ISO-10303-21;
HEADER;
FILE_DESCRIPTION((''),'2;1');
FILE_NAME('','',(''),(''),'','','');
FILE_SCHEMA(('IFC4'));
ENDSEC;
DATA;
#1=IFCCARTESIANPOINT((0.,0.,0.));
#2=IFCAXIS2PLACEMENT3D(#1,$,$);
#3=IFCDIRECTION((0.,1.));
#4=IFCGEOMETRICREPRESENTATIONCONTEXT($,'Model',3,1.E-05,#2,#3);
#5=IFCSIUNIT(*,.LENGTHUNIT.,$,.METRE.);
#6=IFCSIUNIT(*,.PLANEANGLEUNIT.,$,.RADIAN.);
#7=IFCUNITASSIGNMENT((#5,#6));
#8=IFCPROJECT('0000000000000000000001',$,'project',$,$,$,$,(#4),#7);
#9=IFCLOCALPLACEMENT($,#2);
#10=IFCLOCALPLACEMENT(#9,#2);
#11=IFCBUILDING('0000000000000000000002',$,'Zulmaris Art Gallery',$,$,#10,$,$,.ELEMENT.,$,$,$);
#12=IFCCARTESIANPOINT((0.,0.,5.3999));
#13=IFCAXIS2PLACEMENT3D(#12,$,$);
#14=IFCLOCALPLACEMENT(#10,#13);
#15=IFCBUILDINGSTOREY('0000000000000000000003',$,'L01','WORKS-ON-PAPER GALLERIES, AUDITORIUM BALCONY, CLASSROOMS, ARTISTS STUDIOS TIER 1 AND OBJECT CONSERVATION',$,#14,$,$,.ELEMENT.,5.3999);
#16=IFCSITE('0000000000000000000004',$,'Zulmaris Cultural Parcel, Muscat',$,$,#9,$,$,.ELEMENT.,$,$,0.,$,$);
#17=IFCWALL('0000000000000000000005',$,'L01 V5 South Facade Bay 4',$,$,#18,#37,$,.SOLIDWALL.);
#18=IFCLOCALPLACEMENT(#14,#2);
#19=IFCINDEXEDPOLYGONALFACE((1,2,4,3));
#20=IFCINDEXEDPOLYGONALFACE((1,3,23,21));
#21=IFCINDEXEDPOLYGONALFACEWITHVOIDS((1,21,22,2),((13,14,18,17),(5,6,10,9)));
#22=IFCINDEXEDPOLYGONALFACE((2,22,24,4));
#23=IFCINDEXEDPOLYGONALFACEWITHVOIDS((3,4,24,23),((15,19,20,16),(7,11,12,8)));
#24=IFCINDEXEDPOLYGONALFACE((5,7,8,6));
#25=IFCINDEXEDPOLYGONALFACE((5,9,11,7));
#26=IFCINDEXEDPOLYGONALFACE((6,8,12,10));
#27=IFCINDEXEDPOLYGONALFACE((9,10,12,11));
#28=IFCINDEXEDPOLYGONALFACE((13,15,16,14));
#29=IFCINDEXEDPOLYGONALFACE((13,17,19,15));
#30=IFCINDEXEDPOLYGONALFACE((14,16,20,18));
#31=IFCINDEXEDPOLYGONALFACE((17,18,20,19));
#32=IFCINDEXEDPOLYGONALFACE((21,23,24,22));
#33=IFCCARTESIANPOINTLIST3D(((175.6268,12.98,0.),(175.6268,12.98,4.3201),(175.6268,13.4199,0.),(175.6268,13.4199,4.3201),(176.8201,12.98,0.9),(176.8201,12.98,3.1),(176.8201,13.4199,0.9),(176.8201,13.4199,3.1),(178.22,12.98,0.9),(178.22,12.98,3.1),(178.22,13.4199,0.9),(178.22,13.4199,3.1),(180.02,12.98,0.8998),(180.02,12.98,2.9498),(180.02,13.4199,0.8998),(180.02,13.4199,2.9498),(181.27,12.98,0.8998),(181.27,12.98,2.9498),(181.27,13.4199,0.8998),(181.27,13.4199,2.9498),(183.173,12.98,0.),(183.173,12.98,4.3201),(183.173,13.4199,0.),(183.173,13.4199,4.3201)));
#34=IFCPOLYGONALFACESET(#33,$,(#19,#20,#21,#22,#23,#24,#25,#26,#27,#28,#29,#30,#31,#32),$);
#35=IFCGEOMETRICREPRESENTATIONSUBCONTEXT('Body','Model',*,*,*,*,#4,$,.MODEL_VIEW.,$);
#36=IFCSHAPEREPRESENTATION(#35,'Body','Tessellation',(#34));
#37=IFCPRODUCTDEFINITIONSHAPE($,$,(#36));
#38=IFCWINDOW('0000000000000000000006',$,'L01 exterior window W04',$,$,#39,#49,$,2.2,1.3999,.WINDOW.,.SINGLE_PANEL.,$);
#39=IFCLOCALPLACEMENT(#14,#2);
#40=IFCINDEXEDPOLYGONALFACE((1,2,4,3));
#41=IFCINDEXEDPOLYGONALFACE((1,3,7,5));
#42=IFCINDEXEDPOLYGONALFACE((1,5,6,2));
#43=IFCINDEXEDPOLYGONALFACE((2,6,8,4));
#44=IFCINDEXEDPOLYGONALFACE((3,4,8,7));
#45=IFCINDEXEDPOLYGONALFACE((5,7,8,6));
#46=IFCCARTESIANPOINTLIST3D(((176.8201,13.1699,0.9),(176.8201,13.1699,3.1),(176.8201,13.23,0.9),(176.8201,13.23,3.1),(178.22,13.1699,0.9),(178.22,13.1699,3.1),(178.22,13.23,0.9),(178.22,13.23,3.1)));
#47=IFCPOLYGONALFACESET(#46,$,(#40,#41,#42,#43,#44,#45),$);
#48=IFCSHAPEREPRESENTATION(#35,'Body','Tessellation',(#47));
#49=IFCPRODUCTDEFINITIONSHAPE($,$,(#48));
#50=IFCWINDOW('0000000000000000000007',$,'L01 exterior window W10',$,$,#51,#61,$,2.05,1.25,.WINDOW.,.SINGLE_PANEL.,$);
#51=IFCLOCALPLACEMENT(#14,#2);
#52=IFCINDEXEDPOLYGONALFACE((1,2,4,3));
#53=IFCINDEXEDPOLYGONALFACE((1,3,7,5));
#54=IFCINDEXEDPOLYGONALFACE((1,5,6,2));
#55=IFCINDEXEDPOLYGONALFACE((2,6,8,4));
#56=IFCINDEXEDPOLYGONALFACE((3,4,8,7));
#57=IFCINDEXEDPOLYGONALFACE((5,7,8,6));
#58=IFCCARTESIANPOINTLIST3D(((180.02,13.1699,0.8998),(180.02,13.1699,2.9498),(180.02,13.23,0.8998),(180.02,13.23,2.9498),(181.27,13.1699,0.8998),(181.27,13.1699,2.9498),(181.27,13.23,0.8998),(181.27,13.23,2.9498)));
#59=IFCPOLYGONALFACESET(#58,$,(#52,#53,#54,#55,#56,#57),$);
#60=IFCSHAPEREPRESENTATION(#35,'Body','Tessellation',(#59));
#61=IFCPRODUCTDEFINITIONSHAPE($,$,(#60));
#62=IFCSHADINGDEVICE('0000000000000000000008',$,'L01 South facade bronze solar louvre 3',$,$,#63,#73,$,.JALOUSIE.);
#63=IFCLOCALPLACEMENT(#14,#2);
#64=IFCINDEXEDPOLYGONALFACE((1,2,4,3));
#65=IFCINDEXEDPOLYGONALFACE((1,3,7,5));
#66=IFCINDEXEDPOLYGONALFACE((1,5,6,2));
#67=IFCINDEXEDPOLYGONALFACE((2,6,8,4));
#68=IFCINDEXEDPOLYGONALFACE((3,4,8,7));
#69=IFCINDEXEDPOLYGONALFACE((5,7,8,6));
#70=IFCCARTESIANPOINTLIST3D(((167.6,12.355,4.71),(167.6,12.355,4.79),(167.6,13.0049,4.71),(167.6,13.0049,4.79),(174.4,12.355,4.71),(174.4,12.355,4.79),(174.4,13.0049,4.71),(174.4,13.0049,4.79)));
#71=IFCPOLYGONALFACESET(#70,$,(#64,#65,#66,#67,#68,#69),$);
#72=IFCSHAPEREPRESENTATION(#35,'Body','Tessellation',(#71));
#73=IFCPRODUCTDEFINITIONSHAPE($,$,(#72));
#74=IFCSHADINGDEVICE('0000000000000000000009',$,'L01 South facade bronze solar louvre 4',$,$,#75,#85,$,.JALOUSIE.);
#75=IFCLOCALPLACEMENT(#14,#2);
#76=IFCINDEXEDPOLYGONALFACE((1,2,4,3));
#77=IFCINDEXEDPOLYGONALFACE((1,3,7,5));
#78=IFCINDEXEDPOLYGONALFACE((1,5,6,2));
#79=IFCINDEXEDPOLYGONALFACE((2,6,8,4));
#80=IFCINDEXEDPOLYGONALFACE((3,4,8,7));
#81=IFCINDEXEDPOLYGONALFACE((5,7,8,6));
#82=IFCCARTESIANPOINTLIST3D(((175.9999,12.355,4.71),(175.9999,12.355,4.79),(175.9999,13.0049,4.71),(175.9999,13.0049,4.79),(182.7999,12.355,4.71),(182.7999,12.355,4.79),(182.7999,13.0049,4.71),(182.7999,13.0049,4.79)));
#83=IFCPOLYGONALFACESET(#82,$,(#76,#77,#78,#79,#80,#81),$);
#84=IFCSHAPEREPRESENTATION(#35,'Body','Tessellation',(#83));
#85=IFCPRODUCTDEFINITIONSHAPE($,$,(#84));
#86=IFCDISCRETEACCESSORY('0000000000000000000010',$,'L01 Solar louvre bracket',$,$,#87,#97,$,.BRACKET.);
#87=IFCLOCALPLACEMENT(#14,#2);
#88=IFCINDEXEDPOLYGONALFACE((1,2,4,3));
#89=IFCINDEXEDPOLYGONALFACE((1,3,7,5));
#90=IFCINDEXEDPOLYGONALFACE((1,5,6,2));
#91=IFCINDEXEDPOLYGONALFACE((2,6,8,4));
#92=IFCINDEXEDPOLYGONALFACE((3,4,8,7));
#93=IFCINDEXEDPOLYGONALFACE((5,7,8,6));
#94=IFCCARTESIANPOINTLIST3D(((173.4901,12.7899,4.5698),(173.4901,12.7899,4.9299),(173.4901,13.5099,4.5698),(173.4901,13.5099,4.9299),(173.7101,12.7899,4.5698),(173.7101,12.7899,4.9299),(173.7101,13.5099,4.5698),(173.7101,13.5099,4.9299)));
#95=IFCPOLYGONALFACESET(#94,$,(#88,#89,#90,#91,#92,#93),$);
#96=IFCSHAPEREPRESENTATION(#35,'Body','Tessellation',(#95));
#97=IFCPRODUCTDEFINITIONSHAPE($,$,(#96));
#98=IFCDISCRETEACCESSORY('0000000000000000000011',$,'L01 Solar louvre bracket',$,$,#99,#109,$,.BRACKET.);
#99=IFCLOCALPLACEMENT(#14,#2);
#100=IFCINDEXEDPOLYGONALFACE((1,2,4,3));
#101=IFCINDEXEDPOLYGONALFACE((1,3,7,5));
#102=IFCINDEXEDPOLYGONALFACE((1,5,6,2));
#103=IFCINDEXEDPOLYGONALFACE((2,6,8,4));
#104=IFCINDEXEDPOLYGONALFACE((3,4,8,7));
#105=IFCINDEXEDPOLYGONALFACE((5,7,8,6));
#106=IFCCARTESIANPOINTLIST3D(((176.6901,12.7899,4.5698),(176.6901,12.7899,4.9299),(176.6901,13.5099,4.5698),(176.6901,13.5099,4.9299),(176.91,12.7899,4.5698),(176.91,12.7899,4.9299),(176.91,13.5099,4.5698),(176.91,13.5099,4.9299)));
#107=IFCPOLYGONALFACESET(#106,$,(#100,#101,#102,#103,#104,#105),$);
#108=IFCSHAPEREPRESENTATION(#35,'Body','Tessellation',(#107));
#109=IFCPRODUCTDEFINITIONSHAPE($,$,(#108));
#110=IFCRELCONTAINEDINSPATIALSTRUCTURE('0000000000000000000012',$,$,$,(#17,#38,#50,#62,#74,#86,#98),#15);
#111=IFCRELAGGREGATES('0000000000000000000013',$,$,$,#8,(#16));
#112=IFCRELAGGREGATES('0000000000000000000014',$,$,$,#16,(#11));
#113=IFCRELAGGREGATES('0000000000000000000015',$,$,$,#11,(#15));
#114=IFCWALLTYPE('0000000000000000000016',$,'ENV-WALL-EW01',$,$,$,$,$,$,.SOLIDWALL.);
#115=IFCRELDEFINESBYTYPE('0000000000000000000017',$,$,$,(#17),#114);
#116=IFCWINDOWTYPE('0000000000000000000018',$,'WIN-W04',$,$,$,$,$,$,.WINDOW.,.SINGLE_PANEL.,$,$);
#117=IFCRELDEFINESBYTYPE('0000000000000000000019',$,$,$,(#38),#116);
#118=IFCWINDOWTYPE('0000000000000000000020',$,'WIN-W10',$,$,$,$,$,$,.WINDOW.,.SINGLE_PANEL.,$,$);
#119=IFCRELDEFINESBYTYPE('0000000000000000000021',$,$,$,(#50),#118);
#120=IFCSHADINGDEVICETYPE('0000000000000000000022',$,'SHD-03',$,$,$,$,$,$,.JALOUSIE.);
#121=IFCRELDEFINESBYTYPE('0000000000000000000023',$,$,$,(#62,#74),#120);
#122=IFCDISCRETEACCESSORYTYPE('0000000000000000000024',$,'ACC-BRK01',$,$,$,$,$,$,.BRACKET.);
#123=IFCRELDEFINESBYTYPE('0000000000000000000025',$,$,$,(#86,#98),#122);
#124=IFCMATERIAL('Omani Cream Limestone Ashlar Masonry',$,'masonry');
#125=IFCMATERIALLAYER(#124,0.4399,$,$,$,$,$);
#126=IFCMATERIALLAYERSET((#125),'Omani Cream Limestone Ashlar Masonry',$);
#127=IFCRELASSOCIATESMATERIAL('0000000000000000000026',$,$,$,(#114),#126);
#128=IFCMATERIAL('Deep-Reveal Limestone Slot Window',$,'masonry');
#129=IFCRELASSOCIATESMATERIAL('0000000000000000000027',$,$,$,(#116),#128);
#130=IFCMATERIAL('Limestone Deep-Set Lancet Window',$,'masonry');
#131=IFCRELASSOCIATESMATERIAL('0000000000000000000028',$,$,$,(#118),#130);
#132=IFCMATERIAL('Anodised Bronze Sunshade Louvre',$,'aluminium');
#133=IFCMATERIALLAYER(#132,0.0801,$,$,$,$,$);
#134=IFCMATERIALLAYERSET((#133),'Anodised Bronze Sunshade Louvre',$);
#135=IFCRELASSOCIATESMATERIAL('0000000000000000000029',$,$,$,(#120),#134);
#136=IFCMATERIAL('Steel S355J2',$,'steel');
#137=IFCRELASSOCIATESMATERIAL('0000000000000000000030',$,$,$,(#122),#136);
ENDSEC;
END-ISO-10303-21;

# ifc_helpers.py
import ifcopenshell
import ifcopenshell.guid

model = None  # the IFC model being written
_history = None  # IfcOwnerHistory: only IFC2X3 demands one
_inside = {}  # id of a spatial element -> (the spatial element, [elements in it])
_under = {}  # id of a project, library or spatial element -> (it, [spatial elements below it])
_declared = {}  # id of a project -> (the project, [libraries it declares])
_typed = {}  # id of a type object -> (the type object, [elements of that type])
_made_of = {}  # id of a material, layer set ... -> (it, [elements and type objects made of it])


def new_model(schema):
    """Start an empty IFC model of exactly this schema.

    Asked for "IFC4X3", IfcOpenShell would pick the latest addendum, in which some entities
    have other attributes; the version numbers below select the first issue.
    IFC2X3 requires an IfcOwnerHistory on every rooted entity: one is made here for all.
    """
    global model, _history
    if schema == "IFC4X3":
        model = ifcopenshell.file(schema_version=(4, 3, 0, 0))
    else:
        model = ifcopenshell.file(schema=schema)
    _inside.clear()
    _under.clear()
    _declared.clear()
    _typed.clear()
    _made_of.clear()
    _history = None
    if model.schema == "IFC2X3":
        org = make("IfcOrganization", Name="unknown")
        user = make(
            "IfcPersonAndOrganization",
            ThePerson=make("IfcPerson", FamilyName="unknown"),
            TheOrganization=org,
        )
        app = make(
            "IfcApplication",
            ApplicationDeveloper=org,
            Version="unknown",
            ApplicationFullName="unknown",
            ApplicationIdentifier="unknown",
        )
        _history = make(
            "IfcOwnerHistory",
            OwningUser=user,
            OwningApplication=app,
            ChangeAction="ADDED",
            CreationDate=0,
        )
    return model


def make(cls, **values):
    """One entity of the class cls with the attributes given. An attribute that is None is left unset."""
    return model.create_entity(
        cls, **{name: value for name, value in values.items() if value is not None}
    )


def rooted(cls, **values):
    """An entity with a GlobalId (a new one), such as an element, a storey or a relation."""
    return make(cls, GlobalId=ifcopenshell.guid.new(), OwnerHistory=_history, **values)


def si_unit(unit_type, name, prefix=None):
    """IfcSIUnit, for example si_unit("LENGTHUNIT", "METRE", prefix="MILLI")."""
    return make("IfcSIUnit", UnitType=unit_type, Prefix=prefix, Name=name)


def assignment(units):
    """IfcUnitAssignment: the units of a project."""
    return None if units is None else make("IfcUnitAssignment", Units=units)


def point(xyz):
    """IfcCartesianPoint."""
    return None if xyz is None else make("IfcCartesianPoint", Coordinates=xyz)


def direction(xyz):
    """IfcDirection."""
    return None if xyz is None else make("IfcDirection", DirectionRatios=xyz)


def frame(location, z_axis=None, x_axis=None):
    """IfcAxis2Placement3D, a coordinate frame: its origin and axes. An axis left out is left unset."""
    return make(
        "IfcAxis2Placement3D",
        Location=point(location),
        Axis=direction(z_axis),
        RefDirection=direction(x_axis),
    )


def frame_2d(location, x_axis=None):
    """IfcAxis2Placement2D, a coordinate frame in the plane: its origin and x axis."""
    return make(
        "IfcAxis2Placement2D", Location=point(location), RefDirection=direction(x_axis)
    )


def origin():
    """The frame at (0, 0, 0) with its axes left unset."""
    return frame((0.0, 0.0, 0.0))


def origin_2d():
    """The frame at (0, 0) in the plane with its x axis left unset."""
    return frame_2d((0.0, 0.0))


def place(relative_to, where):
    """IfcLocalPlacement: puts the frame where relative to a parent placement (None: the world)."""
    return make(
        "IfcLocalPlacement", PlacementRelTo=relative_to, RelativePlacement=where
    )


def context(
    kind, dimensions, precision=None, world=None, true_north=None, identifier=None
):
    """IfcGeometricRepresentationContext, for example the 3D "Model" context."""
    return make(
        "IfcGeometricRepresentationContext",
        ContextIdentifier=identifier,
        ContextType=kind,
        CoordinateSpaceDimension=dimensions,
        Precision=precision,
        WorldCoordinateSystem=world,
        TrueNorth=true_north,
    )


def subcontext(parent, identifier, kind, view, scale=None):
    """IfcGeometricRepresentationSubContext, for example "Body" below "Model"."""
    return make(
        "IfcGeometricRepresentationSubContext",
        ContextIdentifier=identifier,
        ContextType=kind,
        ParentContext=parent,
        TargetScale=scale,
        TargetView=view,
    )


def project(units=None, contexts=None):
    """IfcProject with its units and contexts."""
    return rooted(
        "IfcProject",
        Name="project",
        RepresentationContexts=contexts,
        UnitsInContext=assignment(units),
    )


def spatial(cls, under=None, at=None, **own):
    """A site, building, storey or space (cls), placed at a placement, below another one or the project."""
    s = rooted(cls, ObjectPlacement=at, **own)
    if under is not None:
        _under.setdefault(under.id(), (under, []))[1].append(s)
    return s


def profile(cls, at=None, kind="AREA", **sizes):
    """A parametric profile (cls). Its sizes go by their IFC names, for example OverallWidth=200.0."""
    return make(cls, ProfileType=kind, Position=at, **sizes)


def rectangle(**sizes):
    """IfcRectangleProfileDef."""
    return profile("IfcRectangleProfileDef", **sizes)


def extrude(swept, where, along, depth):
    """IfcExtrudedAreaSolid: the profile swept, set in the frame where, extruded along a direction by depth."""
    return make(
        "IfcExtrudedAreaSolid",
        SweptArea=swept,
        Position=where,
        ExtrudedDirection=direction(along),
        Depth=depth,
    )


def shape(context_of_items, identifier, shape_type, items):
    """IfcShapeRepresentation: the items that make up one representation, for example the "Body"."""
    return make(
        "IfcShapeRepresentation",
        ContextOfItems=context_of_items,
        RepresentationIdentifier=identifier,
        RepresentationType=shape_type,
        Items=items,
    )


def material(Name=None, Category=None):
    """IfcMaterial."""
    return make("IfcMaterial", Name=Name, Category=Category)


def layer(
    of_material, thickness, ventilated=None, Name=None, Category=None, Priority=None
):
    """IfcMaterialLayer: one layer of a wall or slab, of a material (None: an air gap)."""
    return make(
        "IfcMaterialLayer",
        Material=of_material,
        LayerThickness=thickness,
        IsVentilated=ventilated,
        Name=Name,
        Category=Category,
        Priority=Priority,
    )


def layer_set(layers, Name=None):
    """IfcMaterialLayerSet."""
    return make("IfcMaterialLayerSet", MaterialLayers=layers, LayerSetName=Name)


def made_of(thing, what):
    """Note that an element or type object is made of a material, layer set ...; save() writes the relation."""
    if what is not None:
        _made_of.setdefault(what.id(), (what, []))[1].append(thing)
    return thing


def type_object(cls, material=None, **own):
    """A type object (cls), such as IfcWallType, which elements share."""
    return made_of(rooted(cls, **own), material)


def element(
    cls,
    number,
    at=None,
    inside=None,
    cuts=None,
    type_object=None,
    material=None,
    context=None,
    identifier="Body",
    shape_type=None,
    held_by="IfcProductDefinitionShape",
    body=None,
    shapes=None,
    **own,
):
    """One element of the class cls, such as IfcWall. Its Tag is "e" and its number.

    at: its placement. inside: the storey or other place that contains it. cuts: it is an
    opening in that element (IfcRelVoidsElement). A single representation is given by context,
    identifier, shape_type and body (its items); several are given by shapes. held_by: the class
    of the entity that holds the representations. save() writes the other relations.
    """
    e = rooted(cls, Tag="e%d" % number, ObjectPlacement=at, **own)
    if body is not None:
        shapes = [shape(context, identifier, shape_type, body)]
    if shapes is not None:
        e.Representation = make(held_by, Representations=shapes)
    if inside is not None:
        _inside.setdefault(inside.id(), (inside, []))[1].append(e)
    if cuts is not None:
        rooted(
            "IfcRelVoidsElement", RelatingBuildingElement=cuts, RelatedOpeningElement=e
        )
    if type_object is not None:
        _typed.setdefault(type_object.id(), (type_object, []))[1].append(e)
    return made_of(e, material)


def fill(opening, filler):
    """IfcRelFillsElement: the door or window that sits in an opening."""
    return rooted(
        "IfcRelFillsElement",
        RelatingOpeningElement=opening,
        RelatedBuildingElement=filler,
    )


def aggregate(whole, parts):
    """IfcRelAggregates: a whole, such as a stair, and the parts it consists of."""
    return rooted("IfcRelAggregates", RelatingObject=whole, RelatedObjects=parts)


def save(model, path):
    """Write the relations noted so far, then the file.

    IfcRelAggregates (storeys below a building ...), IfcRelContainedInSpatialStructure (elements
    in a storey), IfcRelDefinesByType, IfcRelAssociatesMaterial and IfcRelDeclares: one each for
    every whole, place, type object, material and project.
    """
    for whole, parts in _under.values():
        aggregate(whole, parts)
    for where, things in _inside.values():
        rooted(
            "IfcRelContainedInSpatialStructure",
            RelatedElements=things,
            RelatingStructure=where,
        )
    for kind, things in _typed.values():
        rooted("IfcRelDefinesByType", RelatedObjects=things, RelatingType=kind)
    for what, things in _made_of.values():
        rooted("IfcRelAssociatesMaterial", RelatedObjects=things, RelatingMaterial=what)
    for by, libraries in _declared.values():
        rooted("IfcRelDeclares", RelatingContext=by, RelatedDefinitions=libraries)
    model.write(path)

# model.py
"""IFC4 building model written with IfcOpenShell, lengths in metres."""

from ifc_helpers import new_model, si_unit, direction, frame, frame_2d, origin, origin_2d, place, context, subcontext, project, spatial, rectangle, extrude, material, layer, layer_set, type_object, element, fill, save


model = new_model("IFC4")

# Units and contexts
model_context = context("Model", 3, precision=1e-05, world=origin(), true_north=direction((0.0, 1.0)))
body_context = subcontext(model_context, "Body", "Model", "MODEL_VIEW")
ifc_project = project(units=[si_unit("LENGTHUNIT", "METRE"), si_unit("PLANEANGLEUNIT", "RADIAN")], contexts=[model_context])

# Site, building, storey
site_placement = place(None, origin())
site = spatial("IfcSite", under=ifc_project, at=site_placement, Name="Zulmaris Cultural Parcel, Muscat", CompositionType="ELEMENT", RefElevation=0.0)
building_placement = place(site_placement, origin())
building = spatial("IfcBuilding", under=site, at=building_placement, Name="Zulmaris Art Gallery", CompositionType="ELEMENT")
storey_placement = place(building_placement, frame((0.0, 0.0, 5.3999)))
storey = spatial("IfcBuildingStorey", under=building, at=storey_placement, Name="L01", Description="WORKS-ON-PAPER GALLERIES, AUDITORIUM BALCONY, CLASSROOMS, ARTISTS STUDIOS TIER 1 AND OBJECT CONSERVATION", CompositionType="ELEMENT", Elevation=5.3999)

# Shared definitions
ifc_material_1 = material(Name="Steel S355J2", Category="steel")

# Wall, openings, windows
ifc_material_2 = material(Name="Omani Cream Limestone Ashlar Masonry", Category="masonry")
ifc_layer_1 = layer(ifc_material_2, 0.4399)
ifc_layer_set_1 = layer_set([ifc_layer_1], Name="Omani Cream Limestone Ashlar Masonry")
wall_type = type_object("IfcWallType", Name="ENV-WALL-EW01", PredefinedType="SOLIDWALL", material=ifc_layer_set_1)
wall_placement = place(storey_placement, frame((175.627, 13.2, 0.0), z_axis=(0.0, 0.0, 1.0), x_axis=(1.0, 0.0, 0.0)))
wall = element("IfcWall", 1, at=wall_placement, inside=storey, type_object=wall_type, Name="L01 V5 South Facade Bay 4", PredefinedType="SOLIDWALL", context=body_context, shape_type="SweptSolid", body=[
    extrude(rectangle(XDim=7.5461, YDim=0.4399, at=frame_2d((3.7729, 0.0))), origin(), (0.0, 0.0, 1.0), 4.3201),
])
opening_1_placement = place(wall_placement, frame((1.1931, 0.0, 0.8999)))
opening_1 = element("IfcOpeningElement", 2, at=opening_1_placement, cuts=wall, PredefinedType="OPENING", context=body_context, shape_type="SweptSolid", body=[
    extrude(rectangle(XDim=1.3999, YDim=2.2, at=frame_2d((0.7, 1.1001))), frame((0.0, 0.23, 0.0), z_axis=(0.0, -1.0, 0.0), x_axis=(1.0, 0.0, 0.0)), (0.0, 0.0, 1.0), 0.46),
])
opening_2_placement = place(wall_placement, frame((4.3931, 0.0, 0.8999)))
opening_2 = element("IfcOpeningElement", 3, at=opening_2_placement, cuts=wall, PredefinedType="OPENING", context=body_context, shape_type="SweptSolid", body=[
    extrude(rectangle(XDim=1.25, YDim=2.05, at=frame_2d((0.625, 1.0249))), frame((0.0, 0.23, 0.0), z_axis=(0.0, -1.0, 0.0), x_axis=(1.0, 0.0, 0.0)), (0.0, 0.0, 1.0), 0.46),
])
ifc_material_3 = material(Name="Deep-Reveal Limestone Slot Window", Category="masonry")
window_type_1 = type_object("IfcWindowType", Name="WIN-W04", PartitioningType="SINGLE_PANEL", PredefinedType="WINDOW", material=ifc_material_3)
window_1_placement = place(opening_1_placement, origin())
window_1 = element("IfcWindow", 4, at=window_1_placement, inside=storey, type_object=window_type_1, Name="L01 exterior window W04", OverallHeight=2.2, OverallWidth=1.3999, PartitioningType="SINGLE_PANEL", PredefinedType="WINDOW", context=body_context, shape_type="SweptSolid", body=[
    extrude(rectangle(XDim=1.3999, YDim=2.2, at=frame_2d((0.7, 1.1001))), frame((0.0, 0.03, 0.0), z_axis=(0.0, -1.0, 0.0), x_axis=(1.0, 0.0, 0.0)), (0.0, 0.0, 1.0), 0.0601),
])
fill(opening_1, window_1)
ifc_material_4 = material(Name="Limestone Deep-Set Lancet Window", Category="masonry")
window_type_2 = type_object("IfcWindowType", Name="WIN-W10", PartitioningType="SINGLE_PANEL", PredefinedType="WINDOW", material=ifc_material_4)
window_2_placement = place(opening_2_placement, origin())
window_2 = element("IfcWindow", 5, at=window_2_placement, inside=storey, type_object=window_type_2, Name="L01 exterior window W10", OverallHeight=2.05, OverallWidth=1.25, PartitioningType="SINGLE_PANEL", PredefinedType="WINDOW", context=body_context, shape_type="SweptSolid", body=[
    extrude(rectangle(XDim=1.25, YDim=2.05, at=frame_2d((0.625, 1.0249))), frame((0.0, 0.03, 0.0), z_axis=(0.0, -1.0, 0.0), x_axis=(1.0, 0.0, 0.0)), (0.0, 0.0, 1.0), 0.0601),
])
fill(opening_2, window_2)

# Shading devices
ifc_material_5 = material(Name="Anodised Bronze Sunshade Louvre", Category="aluminium")
ifc_layer_2 = layer(ifc_material_5, 0.0801)
ifc_layer_set_2 = layer_set([ifc_layer_2], Name="Anodised Bronze Sunshade Louvre")
shading_device_type = type_object("IfcShadingDeviceType", Name="SHD-03", PredefinedType="JALOUSIE", material=ifc_layer_set_2)
for number, where, z_axis, x_axis, name in (
    (6, (171.0, 12.6799, 4.71), (0.0, 0.0, 1.0), (1.0, 0.0, 0.0), "L01 South facade bronze solar louvre 3"),
    (7, (179.3999, 12.6799, 4.71), (0.0, 0.0, 1.0), (1.0, 0.0, 0.0), "L01 South facade bronze solar louvre 4"),
):
    element("IfcShadingDevice", number, at=place(storey_placement, frame(where, z_axis=z_axis, x_axis=x_axis)), inside=storey, type_object=shading_device_type, Name=name, PredefinedType="JALOUSIE", context=body_context, shape_type="SweptSolid", body=[
        extrude(rectangle(XDim=6.8, YDim=0.6499, at=origin_2d()), origin(), (0.0, 0.0, 1.0), 0.0801),
    ])

# Discrete accessories
discrete_accessory_type = type_object("IfcDiscreteAccessoryType", Name="ACC-BRK01", PredefinedType="BRACKET", material=ifc_material_1)
for number, where, z_axis, x_axis, name in (
    (8, (173.6001, 13.1499, 4.5698), (0.0, 0.0, 1.0), (1.0, 0.0, 0.0), "L01 Solar louvre bracket"),
    (9, (176.8, 13.1499, 4.5698), (0.0, 0.0, 1.0), (1.0, 0.0, 0.0), "L01 Solar louvre bracket"),
):
    element("IfcDiscreteAccessory", number, at=place(storey_placement, frame(where, z_axis=z_axis, x_axis=x_axis)), inside=storey, type_object=discrete_accessory_type, Name=name, PredefinedType="BRACKET", context=body_context, shape_type="SweptSolid", body=[
        extrude(rectangle(XDim=0.22, YDim=0.72, at=origin_2d()), origin(), (0.0, 0.0, 1.0), 0.3601),
    ])

save(model, "model.ifc")
